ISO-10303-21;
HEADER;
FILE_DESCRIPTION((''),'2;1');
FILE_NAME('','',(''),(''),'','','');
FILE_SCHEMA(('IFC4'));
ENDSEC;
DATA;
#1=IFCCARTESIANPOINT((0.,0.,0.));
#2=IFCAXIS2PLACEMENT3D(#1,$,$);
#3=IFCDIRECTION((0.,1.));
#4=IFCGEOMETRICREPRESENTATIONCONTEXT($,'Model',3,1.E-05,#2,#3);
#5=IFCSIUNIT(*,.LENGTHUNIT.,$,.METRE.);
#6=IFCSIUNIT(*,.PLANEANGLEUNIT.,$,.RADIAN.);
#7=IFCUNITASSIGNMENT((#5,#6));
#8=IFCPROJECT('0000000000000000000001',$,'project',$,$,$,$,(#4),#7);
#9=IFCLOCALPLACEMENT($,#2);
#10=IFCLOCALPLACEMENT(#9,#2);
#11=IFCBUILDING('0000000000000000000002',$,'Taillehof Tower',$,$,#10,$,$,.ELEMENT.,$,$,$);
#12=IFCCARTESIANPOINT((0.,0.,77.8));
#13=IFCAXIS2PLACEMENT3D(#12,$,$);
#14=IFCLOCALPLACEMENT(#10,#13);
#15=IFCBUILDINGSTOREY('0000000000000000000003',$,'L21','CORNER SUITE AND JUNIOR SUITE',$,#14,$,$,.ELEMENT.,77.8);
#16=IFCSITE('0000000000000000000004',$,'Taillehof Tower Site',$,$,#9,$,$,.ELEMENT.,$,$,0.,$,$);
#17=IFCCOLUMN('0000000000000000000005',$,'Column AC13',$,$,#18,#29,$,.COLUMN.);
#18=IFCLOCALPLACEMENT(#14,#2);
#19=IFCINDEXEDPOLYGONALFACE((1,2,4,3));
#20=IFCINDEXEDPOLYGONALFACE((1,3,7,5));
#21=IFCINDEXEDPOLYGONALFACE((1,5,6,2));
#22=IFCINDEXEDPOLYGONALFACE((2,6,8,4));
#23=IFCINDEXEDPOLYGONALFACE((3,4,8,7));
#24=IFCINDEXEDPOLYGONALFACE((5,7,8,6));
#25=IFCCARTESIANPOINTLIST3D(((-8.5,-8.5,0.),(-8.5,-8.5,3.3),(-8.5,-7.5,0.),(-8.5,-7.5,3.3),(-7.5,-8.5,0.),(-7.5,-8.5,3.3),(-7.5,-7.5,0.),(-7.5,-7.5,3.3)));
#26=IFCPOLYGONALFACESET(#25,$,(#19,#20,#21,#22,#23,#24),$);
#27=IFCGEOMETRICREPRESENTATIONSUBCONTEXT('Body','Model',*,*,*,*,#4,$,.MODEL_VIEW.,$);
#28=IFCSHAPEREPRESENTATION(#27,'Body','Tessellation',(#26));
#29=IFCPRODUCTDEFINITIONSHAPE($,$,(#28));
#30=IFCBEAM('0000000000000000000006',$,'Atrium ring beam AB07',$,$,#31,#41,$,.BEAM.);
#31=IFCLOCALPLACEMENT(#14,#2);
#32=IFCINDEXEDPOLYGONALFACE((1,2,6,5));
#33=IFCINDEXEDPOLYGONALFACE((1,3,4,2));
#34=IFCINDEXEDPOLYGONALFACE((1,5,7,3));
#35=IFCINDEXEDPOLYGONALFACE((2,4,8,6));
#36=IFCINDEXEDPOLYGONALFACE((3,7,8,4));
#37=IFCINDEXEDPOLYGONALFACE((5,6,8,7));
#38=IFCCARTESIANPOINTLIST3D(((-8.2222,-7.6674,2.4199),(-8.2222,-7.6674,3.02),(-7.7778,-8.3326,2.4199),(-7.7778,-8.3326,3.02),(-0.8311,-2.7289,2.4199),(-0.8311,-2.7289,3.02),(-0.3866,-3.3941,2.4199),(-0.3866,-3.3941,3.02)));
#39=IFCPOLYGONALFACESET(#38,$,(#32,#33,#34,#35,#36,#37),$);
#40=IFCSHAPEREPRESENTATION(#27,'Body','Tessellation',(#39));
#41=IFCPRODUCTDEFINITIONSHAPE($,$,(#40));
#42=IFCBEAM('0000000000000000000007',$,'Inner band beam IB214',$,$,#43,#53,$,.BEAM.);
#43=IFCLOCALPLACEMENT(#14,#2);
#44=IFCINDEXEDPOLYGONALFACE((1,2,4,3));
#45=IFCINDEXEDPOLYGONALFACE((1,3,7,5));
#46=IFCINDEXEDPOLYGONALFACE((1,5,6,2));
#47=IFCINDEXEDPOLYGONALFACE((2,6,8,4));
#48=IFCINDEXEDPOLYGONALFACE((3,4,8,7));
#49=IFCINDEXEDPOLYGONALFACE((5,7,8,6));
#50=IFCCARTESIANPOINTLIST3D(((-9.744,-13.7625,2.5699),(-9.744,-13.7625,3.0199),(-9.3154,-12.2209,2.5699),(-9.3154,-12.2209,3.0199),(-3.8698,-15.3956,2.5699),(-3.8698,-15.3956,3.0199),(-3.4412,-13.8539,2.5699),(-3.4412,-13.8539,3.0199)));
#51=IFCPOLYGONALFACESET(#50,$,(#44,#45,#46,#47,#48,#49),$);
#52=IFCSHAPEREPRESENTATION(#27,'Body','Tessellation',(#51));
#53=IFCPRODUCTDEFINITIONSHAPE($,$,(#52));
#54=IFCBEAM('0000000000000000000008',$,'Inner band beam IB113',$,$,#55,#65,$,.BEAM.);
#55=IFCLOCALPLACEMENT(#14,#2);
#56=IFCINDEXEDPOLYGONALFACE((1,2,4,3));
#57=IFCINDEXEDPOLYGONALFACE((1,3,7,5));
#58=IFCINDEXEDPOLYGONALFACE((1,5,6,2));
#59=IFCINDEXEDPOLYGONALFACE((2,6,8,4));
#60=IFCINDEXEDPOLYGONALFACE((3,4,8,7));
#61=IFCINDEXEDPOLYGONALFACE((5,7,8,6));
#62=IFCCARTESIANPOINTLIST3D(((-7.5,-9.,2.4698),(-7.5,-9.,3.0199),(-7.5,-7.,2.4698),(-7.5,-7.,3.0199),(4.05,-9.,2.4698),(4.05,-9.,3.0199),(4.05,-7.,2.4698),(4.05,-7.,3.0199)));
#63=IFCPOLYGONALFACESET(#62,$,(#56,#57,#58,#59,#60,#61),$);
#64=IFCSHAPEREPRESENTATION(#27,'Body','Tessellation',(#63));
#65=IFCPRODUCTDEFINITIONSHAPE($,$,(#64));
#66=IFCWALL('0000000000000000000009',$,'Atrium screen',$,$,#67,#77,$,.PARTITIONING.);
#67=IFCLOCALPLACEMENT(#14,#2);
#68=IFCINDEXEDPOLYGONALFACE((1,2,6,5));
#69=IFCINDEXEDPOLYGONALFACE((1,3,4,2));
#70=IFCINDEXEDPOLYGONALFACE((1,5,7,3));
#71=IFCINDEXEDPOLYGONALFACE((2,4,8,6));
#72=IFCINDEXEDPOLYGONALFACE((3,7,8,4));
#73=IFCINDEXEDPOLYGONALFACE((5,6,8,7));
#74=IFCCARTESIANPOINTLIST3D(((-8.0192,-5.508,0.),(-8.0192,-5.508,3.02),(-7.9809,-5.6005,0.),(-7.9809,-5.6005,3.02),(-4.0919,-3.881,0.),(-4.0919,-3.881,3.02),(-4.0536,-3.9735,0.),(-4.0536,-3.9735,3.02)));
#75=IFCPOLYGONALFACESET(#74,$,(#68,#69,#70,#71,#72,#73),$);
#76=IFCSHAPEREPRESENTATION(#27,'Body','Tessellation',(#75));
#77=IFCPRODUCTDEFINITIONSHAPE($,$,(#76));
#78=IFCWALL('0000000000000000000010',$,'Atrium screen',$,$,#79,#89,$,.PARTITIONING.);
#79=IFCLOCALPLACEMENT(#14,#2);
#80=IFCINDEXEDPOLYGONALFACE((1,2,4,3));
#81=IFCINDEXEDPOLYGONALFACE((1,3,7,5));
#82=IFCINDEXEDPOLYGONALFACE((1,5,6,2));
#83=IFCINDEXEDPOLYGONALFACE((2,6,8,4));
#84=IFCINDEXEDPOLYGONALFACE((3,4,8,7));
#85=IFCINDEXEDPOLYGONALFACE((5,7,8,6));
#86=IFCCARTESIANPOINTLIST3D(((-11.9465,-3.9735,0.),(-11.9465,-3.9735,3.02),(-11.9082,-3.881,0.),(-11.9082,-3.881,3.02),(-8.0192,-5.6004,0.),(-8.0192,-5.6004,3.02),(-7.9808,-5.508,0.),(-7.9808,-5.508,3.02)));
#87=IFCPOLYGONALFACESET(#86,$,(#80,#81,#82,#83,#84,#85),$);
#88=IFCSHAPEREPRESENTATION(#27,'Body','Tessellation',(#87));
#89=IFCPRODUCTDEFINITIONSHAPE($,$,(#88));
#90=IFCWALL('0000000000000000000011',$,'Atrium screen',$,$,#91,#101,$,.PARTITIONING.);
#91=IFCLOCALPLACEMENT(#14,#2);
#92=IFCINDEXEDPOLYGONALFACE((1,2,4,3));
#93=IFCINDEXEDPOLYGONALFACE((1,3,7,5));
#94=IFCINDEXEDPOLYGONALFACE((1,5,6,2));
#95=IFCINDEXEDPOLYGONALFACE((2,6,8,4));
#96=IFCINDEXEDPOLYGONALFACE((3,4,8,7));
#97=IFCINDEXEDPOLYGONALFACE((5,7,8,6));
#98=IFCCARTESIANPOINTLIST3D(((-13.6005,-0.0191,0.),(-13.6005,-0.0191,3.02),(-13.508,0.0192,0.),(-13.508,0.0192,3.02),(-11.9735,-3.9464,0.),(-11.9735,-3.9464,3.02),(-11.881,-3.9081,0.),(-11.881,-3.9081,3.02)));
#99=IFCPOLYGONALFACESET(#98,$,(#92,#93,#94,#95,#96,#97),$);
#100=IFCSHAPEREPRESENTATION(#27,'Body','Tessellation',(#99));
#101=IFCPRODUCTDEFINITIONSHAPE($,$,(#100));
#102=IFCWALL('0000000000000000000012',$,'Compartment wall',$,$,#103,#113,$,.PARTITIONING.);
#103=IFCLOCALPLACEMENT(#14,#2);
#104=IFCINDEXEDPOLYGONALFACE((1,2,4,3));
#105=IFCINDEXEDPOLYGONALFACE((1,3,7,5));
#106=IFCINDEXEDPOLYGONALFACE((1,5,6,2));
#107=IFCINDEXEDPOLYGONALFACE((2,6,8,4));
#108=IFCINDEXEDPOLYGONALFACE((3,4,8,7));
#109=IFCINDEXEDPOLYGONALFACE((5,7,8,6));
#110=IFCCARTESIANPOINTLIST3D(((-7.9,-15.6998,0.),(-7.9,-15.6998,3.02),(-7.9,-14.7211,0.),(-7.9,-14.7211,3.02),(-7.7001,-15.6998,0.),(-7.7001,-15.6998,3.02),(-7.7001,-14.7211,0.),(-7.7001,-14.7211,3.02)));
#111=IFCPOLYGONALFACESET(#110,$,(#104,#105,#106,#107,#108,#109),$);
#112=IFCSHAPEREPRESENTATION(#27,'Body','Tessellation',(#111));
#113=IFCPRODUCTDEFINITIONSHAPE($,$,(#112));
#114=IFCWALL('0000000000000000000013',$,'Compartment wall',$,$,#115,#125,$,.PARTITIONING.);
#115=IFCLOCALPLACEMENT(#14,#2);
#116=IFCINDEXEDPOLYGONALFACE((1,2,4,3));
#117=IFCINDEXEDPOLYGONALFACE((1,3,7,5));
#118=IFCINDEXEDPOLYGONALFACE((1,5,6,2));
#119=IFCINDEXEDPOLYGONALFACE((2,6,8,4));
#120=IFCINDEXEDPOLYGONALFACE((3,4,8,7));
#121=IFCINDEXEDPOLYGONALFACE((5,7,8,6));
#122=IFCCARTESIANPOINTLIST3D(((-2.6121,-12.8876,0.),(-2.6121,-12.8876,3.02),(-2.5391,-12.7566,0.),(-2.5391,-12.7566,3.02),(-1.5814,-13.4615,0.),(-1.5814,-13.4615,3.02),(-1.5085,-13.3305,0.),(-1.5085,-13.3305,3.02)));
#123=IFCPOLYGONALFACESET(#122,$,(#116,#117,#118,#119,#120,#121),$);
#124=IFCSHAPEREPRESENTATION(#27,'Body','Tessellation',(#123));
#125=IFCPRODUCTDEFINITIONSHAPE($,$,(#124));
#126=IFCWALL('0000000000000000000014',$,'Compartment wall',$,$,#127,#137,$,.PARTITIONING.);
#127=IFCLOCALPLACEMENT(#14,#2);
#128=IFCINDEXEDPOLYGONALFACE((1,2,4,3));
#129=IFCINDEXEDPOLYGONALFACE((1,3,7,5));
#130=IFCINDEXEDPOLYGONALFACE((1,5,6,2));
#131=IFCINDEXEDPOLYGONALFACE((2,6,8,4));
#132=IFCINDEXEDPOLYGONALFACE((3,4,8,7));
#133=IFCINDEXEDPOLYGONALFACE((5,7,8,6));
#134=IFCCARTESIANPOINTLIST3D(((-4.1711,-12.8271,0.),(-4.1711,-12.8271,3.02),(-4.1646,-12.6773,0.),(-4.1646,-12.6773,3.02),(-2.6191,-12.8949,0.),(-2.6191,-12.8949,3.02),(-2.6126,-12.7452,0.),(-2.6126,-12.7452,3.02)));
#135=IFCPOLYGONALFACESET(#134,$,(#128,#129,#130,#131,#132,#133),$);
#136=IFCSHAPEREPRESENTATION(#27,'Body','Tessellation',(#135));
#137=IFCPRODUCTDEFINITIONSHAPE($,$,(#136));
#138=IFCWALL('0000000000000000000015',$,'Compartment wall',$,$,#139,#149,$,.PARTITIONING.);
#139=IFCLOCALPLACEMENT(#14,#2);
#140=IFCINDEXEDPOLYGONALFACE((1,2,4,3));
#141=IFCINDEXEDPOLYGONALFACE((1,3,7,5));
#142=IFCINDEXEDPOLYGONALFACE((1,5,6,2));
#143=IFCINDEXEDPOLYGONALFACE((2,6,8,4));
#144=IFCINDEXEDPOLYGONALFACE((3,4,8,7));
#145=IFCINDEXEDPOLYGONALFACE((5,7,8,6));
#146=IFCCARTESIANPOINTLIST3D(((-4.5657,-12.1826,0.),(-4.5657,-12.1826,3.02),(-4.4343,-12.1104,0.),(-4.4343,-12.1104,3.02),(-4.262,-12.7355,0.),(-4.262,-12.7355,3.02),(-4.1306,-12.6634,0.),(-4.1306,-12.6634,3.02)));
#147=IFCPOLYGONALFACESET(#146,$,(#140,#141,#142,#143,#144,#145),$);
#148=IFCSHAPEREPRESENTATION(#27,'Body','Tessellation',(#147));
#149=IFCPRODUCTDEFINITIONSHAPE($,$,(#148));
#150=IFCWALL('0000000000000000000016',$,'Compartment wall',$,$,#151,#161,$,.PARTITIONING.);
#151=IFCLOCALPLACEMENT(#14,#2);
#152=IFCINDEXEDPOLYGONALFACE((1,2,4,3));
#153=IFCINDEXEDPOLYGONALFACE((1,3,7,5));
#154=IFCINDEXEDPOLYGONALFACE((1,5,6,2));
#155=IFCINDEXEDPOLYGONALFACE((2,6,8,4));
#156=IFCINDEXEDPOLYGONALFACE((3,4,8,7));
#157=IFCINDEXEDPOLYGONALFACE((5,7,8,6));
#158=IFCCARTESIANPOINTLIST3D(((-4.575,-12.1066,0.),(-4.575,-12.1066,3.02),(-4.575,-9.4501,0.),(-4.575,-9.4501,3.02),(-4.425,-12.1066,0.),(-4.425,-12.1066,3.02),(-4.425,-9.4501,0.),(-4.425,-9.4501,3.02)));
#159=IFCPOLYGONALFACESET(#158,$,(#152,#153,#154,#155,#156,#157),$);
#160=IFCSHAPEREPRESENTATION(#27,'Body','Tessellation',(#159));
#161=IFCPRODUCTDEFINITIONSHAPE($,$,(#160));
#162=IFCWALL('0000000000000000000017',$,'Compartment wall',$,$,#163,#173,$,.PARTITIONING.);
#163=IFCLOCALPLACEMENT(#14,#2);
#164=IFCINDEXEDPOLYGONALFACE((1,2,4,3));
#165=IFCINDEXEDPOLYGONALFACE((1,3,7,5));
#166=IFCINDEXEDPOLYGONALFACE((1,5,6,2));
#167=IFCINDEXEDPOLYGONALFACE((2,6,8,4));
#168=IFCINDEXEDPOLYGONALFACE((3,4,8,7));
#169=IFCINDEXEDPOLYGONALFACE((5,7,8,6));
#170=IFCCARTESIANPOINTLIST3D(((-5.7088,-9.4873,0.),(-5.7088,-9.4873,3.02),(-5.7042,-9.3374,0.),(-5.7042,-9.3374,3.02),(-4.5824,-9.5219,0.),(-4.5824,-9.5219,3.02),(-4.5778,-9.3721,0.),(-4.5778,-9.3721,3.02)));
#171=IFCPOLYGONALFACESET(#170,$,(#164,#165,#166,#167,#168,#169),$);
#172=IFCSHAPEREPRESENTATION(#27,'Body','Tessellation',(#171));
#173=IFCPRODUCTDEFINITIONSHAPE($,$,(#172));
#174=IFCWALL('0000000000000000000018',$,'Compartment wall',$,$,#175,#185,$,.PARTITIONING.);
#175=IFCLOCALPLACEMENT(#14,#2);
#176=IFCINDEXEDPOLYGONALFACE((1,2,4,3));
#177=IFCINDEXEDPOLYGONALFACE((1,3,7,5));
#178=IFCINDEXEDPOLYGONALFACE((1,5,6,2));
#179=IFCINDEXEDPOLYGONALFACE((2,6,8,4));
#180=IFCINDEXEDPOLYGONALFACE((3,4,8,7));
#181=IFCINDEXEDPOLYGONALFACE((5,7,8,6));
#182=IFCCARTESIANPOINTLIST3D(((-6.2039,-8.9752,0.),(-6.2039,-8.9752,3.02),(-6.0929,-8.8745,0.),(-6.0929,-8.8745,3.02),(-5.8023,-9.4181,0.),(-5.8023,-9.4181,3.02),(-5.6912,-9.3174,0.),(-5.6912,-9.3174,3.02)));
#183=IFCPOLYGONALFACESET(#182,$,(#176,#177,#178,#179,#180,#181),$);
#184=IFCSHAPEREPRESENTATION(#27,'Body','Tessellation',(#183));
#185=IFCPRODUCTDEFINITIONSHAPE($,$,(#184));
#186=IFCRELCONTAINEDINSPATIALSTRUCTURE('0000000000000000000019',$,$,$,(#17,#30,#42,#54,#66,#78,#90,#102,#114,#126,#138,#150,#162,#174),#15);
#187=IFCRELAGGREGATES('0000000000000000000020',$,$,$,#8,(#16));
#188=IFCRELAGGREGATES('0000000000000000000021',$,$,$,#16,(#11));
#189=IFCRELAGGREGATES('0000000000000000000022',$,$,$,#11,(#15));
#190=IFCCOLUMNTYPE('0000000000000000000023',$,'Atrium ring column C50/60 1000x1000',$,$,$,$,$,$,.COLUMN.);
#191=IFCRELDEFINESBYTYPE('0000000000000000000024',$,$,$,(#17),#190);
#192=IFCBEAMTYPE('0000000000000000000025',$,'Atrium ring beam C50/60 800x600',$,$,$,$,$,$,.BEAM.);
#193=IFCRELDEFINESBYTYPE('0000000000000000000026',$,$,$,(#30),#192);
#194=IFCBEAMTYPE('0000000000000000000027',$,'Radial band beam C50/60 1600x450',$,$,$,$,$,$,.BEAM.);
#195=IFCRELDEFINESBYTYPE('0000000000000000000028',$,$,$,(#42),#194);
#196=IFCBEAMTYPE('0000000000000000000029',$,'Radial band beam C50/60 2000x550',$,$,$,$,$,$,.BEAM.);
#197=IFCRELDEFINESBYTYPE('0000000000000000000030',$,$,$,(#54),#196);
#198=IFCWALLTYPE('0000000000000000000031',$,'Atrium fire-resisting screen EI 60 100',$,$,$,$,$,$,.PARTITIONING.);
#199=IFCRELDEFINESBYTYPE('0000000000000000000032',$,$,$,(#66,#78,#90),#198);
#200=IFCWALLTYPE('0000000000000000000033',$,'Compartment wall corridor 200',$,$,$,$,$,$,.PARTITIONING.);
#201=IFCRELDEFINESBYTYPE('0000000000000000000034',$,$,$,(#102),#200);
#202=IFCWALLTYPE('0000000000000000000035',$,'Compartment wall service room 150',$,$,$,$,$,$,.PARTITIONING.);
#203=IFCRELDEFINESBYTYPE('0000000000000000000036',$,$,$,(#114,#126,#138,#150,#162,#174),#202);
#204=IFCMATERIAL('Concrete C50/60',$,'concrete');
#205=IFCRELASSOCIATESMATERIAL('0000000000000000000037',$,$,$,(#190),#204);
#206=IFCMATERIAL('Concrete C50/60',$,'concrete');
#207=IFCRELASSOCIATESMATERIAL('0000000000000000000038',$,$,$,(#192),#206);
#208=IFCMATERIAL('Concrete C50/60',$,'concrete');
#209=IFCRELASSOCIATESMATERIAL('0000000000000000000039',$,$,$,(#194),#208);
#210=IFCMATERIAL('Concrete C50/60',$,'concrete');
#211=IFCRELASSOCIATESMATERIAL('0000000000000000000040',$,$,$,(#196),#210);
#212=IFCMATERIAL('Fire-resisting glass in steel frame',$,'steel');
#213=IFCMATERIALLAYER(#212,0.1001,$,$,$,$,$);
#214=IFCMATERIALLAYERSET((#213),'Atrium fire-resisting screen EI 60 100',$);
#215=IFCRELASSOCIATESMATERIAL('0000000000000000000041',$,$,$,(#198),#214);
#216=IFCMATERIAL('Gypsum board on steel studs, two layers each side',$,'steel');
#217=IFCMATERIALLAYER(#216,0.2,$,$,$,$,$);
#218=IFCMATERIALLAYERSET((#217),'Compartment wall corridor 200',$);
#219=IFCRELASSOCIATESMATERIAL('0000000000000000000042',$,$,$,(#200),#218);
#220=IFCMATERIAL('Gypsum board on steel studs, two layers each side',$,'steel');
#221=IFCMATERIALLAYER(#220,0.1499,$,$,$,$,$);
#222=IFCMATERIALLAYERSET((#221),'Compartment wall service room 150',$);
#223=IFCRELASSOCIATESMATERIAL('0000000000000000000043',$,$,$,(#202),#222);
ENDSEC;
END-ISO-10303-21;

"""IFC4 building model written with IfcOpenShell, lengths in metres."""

from ifc_helpers import new_model, si_unit, direction, frame, frame_2d, origin, origin_2d, place, context, subcontext, project, spatial, rectangle, extrude, material, layer, layer_set, material_profile, profile_set, type_object, element, save


model = new_model("IFC4")

# Units and contexts
model_context = context("Model", 3, precision=1e-05, world=origin(), true_north=direction((0.0, 1.0)))
body_context = subcontext(model_context, "Body", "Model", "MODEL_VIEW")
ifc_project = project(units=[si_unit("LENGTHUNIT", "METRE"), si_unit("PLANEANGLEUNIT", "RADIAN")], contexts=[model_context])

# Site, building, storey
site_placement = place(None, origin())
site = spatial("IfcSite", under=ifc_project, at=site_placement, Name="Taillehof Tower Site", CompositionType="ELEMENT", RefElevation=0.0)
building_placement = place(site_placement, origin())
building = spatial("IfcBuilding", under=site, at=building_placement, Name="Taillehof Tower", CompositionType="ELEMENT")
storey_placement = place(building_placement, frame((0.0, 0.0, 77.8)))
storey = spatial("IfcBuildingStorey", under=building, at=storey_placement, Name="L21", Description="CORNER SUITE AND JUNIOR SUITE", CompositionType="ELEMENT", Elevation=77.8)

# Column
ifc_material_1 = material(Name="Concrete C50/60", Category="concrete")
ifc_material_profile_1 = material_profile(ifc_material_1, rectangle(XDim=1.0, YDim=1.0, at=origin_2d()), Name="RC 1000x1000")
ifc_profile_set_1 = profile_set([ifc_material_profile_1], Name="Concrete C50/60")
column_type = type_object("IfcColumnType", Name="Atrium ring column C50/60 1000x1000", PredefinedType="COLUMN", material=ifc_profile_set_1)
column_placement = place(storey_placement, frame((-8.0, -8.0, 0.0), z_axis=(0.0, 0.0, 1.0), x_axis=(1.0, 0.0, 0.0)))
element("IfcColumn", 1, at=column_placement, inside=storey, type_object=column_type, Name="Column AC13", PredefinedType="COLUMN", context=body_context, shape_type="SweptSolid", body=[
    extrude(rectangle(XDim=1.0, YDim=1.0, at=origin_2d()), origin(), (0.0, 0.0, 1.0), 3.3),
])

# Beams
ifc_material_2 = material(Name="Concrete C50/60", Category="concrete")
ifc_material_profile_2 = material_profile(ifc_material_2, rectangle(XDim=0.8, YDim=0.6001, at=origin_2d()), Name="RC 800x600")
ifc_profile_set_2 = profile_set([ifc_material_profile_2], Name="Concrete C50/60")
beam_type_1 = type_object("IfcBeamType", Name="Atrium ring beam C50/60 800x600", PredefinedType="BEAM", material=ifc_profile_set_2)
beam_1_placement = place(storey_placement, frame((-8.0, -8.0, 2.72), z_axis=(0.831475, 0.555562, 0.0), x_axis=(-0.555562, 0.831475, 0.0)))
element("IfcBeam", 2, at=beam_1_placement, inside=storey, type_object=beam_type_1, Name="Atrium ring beam AB07", PredefinedType="BEAM", context=body_context, shape_type="SweptSolid", body=[
    extrude(rectangle(XDim=0.8, YDim=0.6001, at=origin_2d()), origin(), (0.0, 0.0, 1.0), 8.8892),
])
ifc_material_3 = material(Name="Concrete C50/60", Category="concrete")
ifc_material_profile_3 = material_profile(ifc_material_3, rectangle(XDim=1.6001, YDim=0.45, at=origin_2d()), Name="RC 1600x450")
ifc_profile_set_3 = profile_set([ifc_material_profile_3], Name="Concrete C50/60")
beam_type_2 = type_object("IfcBeamType", Name="Radial band beam C50/60 1600x450", PredefinedType="BEAM", material=ifc_profile_set_3)
beam_2_placement = place(storey_placement, frame((-3.6555, -14.6248, 2.7949), z_axis=(-0.963459, 0.267855, 0.0), x_axis=(-0.267855, -0.963459, 0.0)))
element("IfcBeam", 3, at=beam_2_placement, inside=storey, type_object=beam_type_2, Name="Inner band beam IB214", PredefinedType="BEAM", context=body_context, shape_type="SweptSolid", body=[
    extrude(rectangle(XDim=1.6001, YDim=0.45, at=origin_2d()), origin(), (0.0, 0.0, 1.0), 6.0969),
])
ifc_material_4 = material(Name="Concrete C50/60", Category="concrete")
ifc_material_profile_4 = material_profile(ifc_material_4, rectangle(XDim=2.0, YDim=0.55, at=origin_2d()), Name="RC 2000x550")
ifc_profile_set_4 = profile_set([ifc_material_profile_4], Name="Concrete C50/60")
beam_type_3 = type_object("IfcBeamType", Name="Radial band beam C50/60 2000x550", PredefinedType="BEAM", material=ifc_profile_set_4)
beam_3_placement = place(storey_placement, frame((-7.5, -8.0, 2.7449), z_axis=(1.0, 0.0, 0.0), x_axis=(0.0, 1.0, 0.0)))
element("IfcBeam", 4, at=beam_3_placement, inside=storey, type_object=beam_type_3, Name="Inner band beam IB113", PredefinedType="BEAM", context=body_context, shape_type="SweptSolid", body=[
    extrude(rectangle(XDim=2.0, YDim=0.55, at=origin_2d()), origin(), (0.0, 0.0, 1.0), 11.55),
])

# Walls
ifc_material_5 = material(Name="Fire-resisting glass in steel frame", Category="steel")
ifc_layer_1 = layer(ifc_material_5, 0.1001)
ifc_layer_set_1 = layer_set([ifc_layer_1], Name="Atrium fire-resisting screen EI 60 100")
wall_type_1 = type_object("IfcWallType", Name="Atrium fire-resisting screen EI 60 100", PredefinedType="PARTITIONING", material=ifc_layer_set_1)
for number, where, z_axis, x_axis, name in (
    (5, (-4.0728, -3.9272, 0.0), (0.0, 0.0, 1.0), (-0.92386, -0.382731, 0.0), "Atrium screen"),
    (6, (-8.0, -5.5542, 0.0), (0.0, 0.0, 1.0), (-0.92386, 0.382731, 0.0), "Atrium screen"),
    (7, (-11.9272, -3.9272, 0.0), (0.0, 0.0, 1.0), (-0.382731, 0.92386, 0.0), "Atrium screen"),
):
    element("IfcWall", number, at=place(storey_placement, frame(where, z_axis=z_axis, x_axis=x_axis)), inside=storey, type_object=wall_type_1, Name=name, PredefinedType="PARTITIONING", context=body_context, shape_type="SweptSolid", body=[
        extrude(rectangle(XDim=4.251, YDim=0.1001, at=frame_2d((2.1255, 0.0))), origin(), (0.0, 0.0, 1.0), 3.02),
    ])
ifc_material_6 = material(Name="Gypsum board on steel studs, two layers each side", Category="steel")
ifc_layer_2 = layer(ifc_material_6, 0.2)
ifc_layer_set_2 = layer_set([ifc_layer_2], Name="Compartment wall corridor 200")
wall_type_2 = type_object("IfcWallType", Name="Compartment wall corridor 200", PredefinedType="PARTITIONING", material=ifc_layer_set_2)
wall_1_placement = place(storey_placement, frame((-7.8, -14.7212, 0.0), z_axis=(0.0, 0.0, 1.0), x_axis=(0.0, -1.0, 0.0)))
element("IfcWall", 8, at=wall_1_placement, inside=storey, type_object=wall_type_2, Name="Compartment wall", PredefinedType="PARTITIONING", context=body_context, shape_type="SweptSolid", body=[
    extrude(rectangle(XDim=0.9788, YDim=0.2, at=frame_2d((0.4893, 0.0))), origin(), (0.0, 0.0, 1.0), 3.02),
])
ifc_material_7 = material(Name="Gypsum board on steel studs, two layers each side", Category="steel")
ifc_layer_3 = layer(ifc_material_7, 0.1499)
ifc_layer_set_3 = layer_set([ifc_layer_3], Name="Compartment wall service room 150")
wall_type_3 = type_object("IfcWallType", Name="Compartment wall service room 150", PredefinedType="PARTITIONING", material=ifc_layer_set_3)
wall_2_placement = place(storey_placement, frame((-1.5449, -13.396, 0.0), z_axis=(0.0, 0.0, 1.0), x_axis=(-0.873679, 0.486504, 0.0)))
element("IfcWall", 9, at=wall_2_placement, inside=storey, type_object=wall_type_3, Name="Compartment wall", PredefinedType="PARTITIONING", context=body_context, shape_type="SweptSolid", body=[
    extrude(rectangle(XDim=1.1797, YDim=0.1499, at=frame_2d((0.5898, 0.0))), origin(), (0.0, 0.0, 1.0), 3.02),
])
wall_3_placement = place(storey_placement, frame((-2.6157, -12.8201, 0.0), z_axis=(0.0, 0.0, 1.0), x_axis=(-0.999045, 0.04369, 0.0)))
element("IfcWall", 10, at=wall_3_placement, inside=storey, type_object=wall_type_3, Name="Compartment wall", PredefinedType="PARTITIONING", context=body_context, shape_type="SweptSolid", body=[
    extrude(rectangle(XDim=1.5535, YDim=0.1499, at=frame_2d((0.7769, 0.0))), origin(), (0.0, 0.0, 1.0), 3.02),
])
wall_4_placement = place(storey_placement, frame((-4.1963, -12.6995, 0.0), z_axis=(0.0, 0.0, 1.0), x_axis=(-0.481399, 0.876502, 0.0)))
element("IfcWall", 11, at=wall_4_placement, inside=storey, type_object=wall_type_3, Name="Compartment wall", PredefinedType="PARTITIONING", context=body_context, shape_type="SweptSolid", body=[
    extrude(rectangle(XDim=0.6309, YDim=0.1499, at=frame_2d((0.3154, 0.0))), origin(), (0.0, 0.0, 1.0), 3.02),
])
wall_5_placement = place(storey_placement, frame((-4.5, -12.1064, 0.0), z_axis=(0.0, 0.0, 1.0), x_axis=(0.0, 1.0, 0.0)))
element("IfcWall", 12, at=wall_5_placement, inside=storey, type_object=wall_type_3, Name="Compartment wall", PredefinedType="PARTITIONING", context=body_context, shape_type="SweptSolid", body=[
    extrude(rectangle(XDim=2.6565, YDim=0.1499, at=frame_2d((1.3281, 0.0))), origin(), (0.0, 0.0, 1.0), 3.02),
])
wall_6_placement = place(storey_placement, frame((-4.5801, -9.447, 0.0), z_axis=(0.0, 0.0, 1.0), x_axis=(-0.999527, 0.030761, 0.0)))
element("IfcWall", 13, at=wall_6_placement, inside=storey, type_object=wall_type_3, Name="Compartment wall", PredefinedType="PARTITIONING", context=body_context, shape_type="SweptSolid", body=[
    extrude(rectangle(XDim=1.127, YDim=0.1499, at=frame_2d((0.5635, 0.0))), origin(), (0.0, 0.0, 1.0), 3.02),
])
wall_7_placement = place(storey_placement, frame((-5.7468, -9.3677, 0.0), z_axis=(0.0, 0.0, 1.0), x_axis=(-0.671758, 0.740771, 0.0)))
element("IfcWall", 14, at=wall_7_placement, inside=storey, type_object=wall_type_3, Name="Compartment wall", PredefinedType="PARTITIONING", context=body_context, shape_type="SweptSolid", body=[
    extrude(rectangle(XDim=0.5979, YDim=0.1499, at=frame_2d((0.2988, 0.0))), origin(), (0.0, 0.0, 1.0), 3.02),
])

save(model, "model.ifc")
